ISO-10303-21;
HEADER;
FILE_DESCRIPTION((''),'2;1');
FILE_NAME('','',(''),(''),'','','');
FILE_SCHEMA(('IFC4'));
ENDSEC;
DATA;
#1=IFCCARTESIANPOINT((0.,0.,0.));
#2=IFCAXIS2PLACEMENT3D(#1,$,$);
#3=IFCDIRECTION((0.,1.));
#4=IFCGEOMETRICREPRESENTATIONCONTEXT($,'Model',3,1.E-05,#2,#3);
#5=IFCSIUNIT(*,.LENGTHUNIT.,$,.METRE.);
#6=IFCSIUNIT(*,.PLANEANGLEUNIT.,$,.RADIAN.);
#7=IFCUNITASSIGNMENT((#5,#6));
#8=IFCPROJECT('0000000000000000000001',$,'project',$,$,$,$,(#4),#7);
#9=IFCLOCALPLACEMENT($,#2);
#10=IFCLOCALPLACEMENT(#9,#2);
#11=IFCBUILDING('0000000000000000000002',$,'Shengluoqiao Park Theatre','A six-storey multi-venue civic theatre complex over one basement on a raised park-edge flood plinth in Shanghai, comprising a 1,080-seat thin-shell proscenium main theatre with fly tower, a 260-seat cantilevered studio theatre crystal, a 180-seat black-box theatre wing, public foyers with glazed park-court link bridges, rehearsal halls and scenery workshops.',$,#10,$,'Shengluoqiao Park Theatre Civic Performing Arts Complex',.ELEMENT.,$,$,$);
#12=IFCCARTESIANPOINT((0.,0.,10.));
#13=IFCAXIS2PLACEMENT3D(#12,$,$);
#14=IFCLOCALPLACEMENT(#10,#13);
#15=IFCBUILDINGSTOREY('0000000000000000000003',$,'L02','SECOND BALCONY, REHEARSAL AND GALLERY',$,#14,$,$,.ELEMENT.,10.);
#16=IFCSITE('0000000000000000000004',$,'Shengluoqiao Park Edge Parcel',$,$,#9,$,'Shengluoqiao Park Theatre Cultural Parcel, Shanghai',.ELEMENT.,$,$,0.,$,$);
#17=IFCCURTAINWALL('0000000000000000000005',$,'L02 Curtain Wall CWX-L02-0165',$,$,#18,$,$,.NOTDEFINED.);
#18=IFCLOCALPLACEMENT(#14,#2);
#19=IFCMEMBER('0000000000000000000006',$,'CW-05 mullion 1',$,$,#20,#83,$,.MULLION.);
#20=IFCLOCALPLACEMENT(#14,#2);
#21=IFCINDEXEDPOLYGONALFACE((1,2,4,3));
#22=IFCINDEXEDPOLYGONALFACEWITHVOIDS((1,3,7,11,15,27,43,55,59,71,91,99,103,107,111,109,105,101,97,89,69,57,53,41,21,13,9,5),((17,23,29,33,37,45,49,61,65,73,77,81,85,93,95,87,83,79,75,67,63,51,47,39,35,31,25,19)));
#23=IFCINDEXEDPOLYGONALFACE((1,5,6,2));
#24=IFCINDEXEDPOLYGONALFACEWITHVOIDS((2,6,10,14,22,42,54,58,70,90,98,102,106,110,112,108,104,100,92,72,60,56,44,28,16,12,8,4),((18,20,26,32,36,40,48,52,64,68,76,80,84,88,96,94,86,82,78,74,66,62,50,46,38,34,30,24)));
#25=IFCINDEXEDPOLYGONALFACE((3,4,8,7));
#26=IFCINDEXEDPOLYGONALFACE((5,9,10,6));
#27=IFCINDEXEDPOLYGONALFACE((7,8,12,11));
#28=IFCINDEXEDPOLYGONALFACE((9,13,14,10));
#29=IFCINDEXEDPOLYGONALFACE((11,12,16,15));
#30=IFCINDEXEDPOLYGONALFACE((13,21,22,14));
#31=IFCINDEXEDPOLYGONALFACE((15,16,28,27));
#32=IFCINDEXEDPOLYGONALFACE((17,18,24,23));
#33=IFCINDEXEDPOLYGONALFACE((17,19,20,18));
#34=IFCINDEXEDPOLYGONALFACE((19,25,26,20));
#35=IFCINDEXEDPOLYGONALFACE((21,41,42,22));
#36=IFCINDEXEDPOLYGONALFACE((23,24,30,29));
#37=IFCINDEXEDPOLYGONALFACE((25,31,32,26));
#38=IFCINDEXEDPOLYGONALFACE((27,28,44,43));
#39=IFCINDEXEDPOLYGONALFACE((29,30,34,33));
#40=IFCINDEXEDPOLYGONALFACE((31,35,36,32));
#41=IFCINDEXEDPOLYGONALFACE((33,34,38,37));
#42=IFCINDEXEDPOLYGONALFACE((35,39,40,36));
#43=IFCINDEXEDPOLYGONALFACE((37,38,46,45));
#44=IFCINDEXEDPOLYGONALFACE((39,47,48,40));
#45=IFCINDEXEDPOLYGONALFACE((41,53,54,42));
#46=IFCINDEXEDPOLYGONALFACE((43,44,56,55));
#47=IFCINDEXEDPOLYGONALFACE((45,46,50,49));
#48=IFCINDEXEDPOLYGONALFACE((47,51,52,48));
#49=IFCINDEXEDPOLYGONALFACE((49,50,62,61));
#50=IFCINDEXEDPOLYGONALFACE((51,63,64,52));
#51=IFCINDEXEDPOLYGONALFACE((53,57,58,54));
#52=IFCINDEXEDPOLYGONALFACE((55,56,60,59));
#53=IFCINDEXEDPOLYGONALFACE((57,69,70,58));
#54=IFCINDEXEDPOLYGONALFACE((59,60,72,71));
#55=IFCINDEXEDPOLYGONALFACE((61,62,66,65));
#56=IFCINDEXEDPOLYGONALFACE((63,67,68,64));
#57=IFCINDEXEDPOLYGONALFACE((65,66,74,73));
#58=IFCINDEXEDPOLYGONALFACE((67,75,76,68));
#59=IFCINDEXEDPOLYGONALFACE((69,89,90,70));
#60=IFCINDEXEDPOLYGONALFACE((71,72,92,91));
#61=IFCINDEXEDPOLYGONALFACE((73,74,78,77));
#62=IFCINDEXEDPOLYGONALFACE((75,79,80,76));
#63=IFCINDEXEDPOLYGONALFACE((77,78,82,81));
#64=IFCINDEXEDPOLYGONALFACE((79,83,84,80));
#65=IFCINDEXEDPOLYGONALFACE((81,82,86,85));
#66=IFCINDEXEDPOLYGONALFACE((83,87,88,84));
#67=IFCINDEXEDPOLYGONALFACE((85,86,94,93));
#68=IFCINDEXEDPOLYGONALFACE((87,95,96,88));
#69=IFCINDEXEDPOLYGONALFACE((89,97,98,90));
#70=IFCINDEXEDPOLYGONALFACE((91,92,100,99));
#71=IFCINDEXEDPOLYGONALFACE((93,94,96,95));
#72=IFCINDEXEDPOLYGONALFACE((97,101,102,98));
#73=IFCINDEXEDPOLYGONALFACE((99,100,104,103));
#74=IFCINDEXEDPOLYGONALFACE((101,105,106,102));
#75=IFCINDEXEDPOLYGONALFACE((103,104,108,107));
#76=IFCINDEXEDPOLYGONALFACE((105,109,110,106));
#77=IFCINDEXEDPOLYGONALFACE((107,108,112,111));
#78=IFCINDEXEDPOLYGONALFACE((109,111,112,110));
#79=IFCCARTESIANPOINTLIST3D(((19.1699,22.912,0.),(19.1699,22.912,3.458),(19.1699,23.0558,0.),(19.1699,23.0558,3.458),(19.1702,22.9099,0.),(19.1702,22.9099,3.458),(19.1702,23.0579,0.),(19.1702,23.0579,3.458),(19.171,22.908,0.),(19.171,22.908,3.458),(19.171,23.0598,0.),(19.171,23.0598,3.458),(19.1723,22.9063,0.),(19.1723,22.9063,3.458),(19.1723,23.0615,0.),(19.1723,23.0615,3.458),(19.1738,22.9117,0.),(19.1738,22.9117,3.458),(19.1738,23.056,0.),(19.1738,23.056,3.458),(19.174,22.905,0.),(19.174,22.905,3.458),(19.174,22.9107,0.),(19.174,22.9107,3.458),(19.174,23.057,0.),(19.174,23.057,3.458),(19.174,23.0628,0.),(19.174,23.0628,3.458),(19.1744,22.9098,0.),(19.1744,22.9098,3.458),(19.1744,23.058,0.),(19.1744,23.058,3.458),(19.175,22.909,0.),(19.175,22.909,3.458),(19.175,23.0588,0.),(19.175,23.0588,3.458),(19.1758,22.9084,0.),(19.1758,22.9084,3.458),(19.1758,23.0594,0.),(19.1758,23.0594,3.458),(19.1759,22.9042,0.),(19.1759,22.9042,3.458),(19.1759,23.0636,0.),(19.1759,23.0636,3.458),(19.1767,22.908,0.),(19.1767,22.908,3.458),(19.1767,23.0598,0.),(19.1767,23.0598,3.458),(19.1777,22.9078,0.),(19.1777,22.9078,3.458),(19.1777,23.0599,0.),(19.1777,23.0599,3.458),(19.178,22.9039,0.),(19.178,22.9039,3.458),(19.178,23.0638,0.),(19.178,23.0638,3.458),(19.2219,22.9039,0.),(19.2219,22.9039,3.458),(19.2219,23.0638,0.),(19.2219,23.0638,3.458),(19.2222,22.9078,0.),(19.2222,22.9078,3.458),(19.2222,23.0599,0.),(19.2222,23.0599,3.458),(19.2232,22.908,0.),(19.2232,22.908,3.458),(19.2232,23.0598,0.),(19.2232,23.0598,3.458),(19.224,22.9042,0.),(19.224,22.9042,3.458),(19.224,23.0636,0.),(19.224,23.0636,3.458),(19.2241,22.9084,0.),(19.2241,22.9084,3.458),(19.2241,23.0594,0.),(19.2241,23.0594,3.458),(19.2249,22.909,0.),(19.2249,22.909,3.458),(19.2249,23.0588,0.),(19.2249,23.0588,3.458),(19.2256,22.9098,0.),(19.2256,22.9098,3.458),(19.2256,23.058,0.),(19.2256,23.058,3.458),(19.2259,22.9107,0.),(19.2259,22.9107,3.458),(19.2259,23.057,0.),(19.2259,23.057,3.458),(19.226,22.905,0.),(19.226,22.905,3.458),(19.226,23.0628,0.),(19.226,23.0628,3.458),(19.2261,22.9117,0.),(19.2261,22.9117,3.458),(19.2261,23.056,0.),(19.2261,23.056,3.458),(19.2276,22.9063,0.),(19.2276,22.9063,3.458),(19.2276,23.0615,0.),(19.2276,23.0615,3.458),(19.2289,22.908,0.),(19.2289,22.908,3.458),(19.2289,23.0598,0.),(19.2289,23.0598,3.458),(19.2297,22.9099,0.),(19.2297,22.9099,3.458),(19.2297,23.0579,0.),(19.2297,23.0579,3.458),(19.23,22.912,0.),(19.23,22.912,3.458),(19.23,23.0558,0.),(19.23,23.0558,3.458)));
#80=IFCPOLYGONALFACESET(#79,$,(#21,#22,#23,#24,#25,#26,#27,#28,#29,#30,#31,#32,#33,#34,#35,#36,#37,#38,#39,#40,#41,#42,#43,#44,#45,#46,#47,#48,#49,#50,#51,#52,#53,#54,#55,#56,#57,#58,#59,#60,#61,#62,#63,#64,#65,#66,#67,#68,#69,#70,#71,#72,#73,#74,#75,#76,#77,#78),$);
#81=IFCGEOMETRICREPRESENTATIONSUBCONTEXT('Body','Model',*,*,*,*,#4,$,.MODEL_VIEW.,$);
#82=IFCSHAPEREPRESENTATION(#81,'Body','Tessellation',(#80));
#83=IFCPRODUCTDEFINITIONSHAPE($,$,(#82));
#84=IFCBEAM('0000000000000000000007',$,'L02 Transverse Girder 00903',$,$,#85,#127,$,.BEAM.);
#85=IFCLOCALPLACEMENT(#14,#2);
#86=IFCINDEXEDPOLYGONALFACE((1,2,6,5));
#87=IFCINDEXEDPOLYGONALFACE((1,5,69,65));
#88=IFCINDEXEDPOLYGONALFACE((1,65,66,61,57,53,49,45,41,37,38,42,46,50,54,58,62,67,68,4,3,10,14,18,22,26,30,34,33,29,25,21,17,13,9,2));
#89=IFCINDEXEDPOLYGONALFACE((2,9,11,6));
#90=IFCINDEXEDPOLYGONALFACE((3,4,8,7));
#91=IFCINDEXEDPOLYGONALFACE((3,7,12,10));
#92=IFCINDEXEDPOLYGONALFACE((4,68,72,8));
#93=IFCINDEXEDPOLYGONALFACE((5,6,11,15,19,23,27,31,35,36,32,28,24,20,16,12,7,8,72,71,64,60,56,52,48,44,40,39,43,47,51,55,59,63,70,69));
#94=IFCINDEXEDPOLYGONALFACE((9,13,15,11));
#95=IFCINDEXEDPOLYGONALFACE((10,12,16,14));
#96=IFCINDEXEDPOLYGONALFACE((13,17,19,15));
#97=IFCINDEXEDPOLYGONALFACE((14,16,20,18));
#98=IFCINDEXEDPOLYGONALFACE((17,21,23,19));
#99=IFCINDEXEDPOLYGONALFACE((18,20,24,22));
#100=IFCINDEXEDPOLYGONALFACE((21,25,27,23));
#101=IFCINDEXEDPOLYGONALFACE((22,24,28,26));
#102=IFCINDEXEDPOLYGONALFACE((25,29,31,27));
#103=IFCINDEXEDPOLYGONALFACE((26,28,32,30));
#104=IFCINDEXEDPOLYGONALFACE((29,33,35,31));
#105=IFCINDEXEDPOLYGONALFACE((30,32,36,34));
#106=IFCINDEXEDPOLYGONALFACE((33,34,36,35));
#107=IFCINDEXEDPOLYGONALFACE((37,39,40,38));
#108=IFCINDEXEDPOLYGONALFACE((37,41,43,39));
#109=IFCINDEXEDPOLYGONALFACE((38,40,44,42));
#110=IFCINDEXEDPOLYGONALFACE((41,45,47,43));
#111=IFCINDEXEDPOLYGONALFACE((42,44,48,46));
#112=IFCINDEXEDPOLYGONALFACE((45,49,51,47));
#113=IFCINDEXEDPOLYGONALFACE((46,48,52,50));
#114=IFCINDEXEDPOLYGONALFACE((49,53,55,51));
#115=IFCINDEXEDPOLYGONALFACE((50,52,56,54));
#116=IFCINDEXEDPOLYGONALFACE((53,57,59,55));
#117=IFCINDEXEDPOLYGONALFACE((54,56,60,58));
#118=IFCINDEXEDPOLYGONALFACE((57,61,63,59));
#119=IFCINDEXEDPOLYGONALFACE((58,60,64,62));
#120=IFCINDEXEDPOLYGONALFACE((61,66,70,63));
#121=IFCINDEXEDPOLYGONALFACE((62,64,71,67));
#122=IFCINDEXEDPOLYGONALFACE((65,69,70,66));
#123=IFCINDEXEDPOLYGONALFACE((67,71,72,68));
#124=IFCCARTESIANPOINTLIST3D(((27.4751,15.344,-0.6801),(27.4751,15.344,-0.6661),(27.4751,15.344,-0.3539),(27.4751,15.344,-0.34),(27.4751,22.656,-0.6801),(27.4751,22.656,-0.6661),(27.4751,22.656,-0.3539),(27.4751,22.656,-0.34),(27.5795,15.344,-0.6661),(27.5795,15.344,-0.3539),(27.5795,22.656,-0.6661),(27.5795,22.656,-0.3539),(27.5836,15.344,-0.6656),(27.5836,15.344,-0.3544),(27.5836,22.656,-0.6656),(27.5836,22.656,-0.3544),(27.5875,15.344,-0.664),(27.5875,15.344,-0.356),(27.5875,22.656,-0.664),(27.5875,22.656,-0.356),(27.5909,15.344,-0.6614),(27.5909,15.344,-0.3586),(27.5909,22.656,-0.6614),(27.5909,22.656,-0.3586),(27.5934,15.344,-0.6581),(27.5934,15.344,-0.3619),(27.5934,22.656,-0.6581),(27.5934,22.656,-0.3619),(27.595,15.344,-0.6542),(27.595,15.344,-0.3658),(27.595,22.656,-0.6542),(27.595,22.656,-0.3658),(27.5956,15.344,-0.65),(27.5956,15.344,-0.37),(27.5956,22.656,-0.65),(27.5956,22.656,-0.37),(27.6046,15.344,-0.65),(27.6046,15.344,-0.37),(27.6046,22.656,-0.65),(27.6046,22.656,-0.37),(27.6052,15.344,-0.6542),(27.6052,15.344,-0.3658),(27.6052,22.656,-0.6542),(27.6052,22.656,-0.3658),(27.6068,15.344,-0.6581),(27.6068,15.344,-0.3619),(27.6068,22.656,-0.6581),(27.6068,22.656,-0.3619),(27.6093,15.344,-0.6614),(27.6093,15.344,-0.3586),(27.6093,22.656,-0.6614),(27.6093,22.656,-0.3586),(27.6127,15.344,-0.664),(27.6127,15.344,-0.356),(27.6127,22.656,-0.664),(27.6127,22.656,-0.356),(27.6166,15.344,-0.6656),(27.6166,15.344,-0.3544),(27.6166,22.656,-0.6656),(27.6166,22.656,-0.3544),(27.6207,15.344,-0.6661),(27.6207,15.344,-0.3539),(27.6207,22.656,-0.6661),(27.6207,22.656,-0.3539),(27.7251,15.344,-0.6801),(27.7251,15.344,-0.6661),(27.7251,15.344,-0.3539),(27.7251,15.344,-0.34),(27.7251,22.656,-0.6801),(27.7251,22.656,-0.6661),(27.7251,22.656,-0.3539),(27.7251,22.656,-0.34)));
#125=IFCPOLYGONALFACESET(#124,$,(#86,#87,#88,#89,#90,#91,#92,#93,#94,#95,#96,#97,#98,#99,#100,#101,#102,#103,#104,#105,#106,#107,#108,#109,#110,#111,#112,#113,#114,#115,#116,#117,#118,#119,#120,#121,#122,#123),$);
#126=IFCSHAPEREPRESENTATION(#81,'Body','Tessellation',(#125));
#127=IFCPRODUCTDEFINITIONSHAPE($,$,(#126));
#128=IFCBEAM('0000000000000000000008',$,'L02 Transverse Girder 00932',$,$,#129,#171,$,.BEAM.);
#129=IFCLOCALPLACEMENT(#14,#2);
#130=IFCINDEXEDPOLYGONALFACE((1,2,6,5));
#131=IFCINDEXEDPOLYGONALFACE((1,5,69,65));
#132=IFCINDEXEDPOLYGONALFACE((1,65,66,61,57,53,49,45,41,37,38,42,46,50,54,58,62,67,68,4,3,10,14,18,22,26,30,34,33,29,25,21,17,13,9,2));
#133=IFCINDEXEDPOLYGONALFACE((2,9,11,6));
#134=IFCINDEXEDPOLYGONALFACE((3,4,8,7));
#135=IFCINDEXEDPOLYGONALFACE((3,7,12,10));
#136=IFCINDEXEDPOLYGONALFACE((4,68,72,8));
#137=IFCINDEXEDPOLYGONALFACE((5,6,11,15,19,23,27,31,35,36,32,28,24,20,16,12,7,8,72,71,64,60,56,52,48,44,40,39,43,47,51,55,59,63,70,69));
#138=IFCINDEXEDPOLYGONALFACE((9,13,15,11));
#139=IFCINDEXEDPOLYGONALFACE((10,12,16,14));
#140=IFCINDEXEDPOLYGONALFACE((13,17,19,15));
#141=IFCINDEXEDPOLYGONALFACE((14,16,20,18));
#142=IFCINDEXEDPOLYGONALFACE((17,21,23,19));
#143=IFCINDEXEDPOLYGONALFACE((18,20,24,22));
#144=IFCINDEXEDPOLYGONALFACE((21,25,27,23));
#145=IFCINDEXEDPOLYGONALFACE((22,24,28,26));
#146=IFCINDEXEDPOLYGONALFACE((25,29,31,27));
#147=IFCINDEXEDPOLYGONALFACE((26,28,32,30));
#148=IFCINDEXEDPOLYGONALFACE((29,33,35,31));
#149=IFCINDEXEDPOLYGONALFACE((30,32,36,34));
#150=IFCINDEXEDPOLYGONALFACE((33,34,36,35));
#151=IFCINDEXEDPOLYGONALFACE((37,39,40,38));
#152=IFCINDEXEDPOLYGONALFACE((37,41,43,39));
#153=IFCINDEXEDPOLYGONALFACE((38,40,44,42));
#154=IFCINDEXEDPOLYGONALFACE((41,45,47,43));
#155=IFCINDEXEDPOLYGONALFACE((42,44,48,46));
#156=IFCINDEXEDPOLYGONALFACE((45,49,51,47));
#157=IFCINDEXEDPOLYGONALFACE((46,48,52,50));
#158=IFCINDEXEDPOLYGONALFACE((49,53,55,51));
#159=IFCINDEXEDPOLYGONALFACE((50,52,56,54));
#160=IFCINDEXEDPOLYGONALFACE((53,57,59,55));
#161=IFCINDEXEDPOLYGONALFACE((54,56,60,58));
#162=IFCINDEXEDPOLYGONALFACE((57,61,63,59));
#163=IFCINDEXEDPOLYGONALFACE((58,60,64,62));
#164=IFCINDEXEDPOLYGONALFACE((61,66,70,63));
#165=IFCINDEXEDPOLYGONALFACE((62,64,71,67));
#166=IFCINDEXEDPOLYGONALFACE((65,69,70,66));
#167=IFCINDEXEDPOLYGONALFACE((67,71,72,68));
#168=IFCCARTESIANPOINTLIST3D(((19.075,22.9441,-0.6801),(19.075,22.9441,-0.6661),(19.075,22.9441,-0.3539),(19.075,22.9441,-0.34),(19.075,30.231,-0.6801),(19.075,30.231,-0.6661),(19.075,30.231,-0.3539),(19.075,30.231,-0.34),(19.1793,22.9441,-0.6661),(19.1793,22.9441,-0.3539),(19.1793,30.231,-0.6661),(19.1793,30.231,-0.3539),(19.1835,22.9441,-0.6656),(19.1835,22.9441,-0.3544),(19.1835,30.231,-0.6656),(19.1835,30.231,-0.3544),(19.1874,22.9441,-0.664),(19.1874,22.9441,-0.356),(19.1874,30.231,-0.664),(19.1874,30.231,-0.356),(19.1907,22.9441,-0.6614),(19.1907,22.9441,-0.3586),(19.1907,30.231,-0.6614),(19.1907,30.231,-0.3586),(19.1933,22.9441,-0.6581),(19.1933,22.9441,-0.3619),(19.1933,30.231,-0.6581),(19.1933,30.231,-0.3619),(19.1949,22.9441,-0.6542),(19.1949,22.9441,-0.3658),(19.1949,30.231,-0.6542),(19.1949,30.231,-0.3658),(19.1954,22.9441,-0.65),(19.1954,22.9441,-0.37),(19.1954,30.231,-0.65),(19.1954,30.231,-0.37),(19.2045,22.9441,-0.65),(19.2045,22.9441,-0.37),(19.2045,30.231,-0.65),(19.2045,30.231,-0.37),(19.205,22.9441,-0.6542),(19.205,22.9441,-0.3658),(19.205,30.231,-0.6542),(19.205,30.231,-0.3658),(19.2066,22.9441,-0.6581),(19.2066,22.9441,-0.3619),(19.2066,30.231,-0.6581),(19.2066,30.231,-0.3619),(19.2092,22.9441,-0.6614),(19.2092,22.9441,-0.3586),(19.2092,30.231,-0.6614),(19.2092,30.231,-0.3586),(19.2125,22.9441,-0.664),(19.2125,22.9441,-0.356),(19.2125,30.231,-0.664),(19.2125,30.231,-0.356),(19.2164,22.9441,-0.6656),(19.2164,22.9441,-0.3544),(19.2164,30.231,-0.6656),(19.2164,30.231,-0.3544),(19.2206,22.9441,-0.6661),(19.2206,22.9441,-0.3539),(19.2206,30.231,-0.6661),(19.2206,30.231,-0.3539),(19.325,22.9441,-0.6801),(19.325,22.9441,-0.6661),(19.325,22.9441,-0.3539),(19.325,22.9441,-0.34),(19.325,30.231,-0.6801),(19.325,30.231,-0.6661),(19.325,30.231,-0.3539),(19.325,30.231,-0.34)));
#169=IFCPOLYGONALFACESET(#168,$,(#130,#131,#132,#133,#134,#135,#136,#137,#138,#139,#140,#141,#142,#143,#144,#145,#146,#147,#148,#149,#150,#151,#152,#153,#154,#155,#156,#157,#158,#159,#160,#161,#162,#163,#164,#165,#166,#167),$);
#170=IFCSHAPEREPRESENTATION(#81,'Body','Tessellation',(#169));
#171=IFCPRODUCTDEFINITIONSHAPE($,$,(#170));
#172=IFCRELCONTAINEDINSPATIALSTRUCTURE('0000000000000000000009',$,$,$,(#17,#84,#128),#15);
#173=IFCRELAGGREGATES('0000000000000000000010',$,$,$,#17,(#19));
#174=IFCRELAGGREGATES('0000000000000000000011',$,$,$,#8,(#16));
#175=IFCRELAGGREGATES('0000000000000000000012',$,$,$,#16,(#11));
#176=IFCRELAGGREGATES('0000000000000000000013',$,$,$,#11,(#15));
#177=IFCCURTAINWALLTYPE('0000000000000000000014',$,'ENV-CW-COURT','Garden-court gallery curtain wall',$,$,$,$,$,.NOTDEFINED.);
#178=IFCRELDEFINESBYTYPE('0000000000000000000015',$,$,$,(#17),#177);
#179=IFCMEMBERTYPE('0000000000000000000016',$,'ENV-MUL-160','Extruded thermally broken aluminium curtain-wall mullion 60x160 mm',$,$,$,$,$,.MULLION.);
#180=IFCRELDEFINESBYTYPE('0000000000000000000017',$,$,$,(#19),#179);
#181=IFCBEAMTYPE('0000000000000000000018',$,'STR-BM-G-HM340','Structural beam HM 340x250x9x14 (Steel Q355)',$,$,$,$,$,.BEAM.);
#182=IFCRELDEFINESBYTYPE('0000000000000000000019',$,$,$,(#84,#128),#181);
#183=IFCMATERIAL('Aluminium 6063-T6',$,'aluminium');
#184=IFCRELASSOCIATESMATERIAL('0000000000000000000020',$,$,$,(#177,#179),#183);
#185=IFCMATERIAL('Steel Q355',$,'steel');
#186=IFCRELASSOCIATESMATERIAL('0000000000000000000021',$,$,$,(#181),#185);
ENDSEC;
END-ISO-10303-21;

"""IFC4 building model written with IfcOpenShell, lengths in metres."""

from ifc_helpers import new_model, si_unit, direction, frame, origin, origin_2d, place, context, subcontext, project, spatial, hollow_rectangle, i_section, extrude, material, material_profile, profile_set, type_object, element, aggregate, save


model = new_model("IFC4")

# Units and contexts
model_context = context("Model", 3, precision=1e-05, world=origin(), true_north=direction((0.0, 1.0)))
body_context = subcontext(model_context, "Body", "Model", "MODEL_VIEW")
ifc_project = project(units=[si_unit("LENGTHUNIT", "METRE"), si_unit("PLANEANGLEUNIT", "RADIAN")], contexts=[model_context])

# Site, building, storey
site_placement = place(None, origin())
site = spatial("IfcSite", under=ifc_project, at=site_placement, Name="Shengluoqiao Park Edge Parcel", LongName="Shengluoqiao Park Theatre Cultural Parcel, Shanghai", CompositionType="ELEMENT", RefElevation=0.0)
building_placement = place(site_placement, origin())
building = spatial("IfcBuilding", under=site, at=building_placement, Name="Shengluoqiao Park Theatre", Description="A six-storey multi-venue civic theatre complex over one basement on a raised park-edge flood plinth in Shanghai, comprising a 1,080-seat thin-shell proscenium main theatre with fly tower, a 260-seat cantilevered studio theatre crystal, a 180-seat black-box theatre wing, public foyers with glazed park-court link bridges, rehearsal halls and scenery workshops.", LongName="Shengluoqiao Park Theatre Civic Performing Arts Complex", CompositionType="ELEMENT")
storey_placement = place(building_placement, frame((0.0, 0.0, 10.0)))
storey = spatial("IfcBuildingStorey", under=building, at=storey_placement, Name="L02", Description="SECOND BALCONY, REHEARSAL AND GALLERY", CompositionType="ELEMENT", Elevation=10.0)

# Shared definitions
ifc_material_1 = material(Name="Steel Q355", Category="steel")

# Curtain wall, member
ifc_material_2 = material(Name="Aluminium 6063-T6", Category="aluminium")
curtain_wall_type = type_object("IfcCurtainWallType", Name="ENV-CW-COURT", Description="Garden-court gallery curtain wall", PredefinedType="NOTDEFINED", material=ifc_material_2)
curtain_wall_placement = place(storey_placement, origin())
curtain_wall = element("IfcCurtainWall", 1, at=curtain_wall_placement, inside=storey, type_object=curtain_wall_type, Name="L02 Curtain Wall CWX-L02-0165", PredefinedType="NOTDEFINED")
ifc_material_profile_1 = material_profile(ifc_material_2, hollow_rectangle(XDim=0.0601, YDim=0.1599, WallThickness=0.0039, InnerFilletRadius=0.0039, OuterFilletRadius=0.0081, at=origin_2d()), Name="ALU MULLION 160x60x4")
ifc_profile_set_1 = profile_set([ifc_material_profile_1], Name="Aluminium 6063-T6")
member_type = type_object("IfcMemberType", Name="ENV-MUL-160", Description="Extruded thermally broken aluminium curtain-wall mullion 60x160 mm", PredefinedType="MULLION", material=ifc_profile_set_1)
member_placement = place(storey_placement, frame((19.2, 22.9839, 0.0), z_axis=(0.0, 0.0, 1.0), x_axis=(-1.0, 0.0, 0.0)))
member = element("IfcMember", 2, at=member_placement, type_object=member_type, Name="CW-05 mullion 1", PredefinedType="MULLION", context=body_context, shape_type="SweptSolid", body=[
    extrude(hollow_rectangle(XDim=0.0601, YDim=0.1599, WallThickness=0.0039, InnerFilletRadius=0.0039, OuterFilletRadius=0.0081, at=origin_2d()), origin(), (0.0, 0.0, 1.0), 3.458),
])
aggregate(curtain_wall, [member])

# Beams
ifc_material_profile_2 = material_profile(ifc_material_1, i_section(OverallWidth=0.25, OverallDepth=0.3401, WebThickness=0.009, FlangeThickness=0.0139, FilletRadius=0.0161, at=origin_2d()), Name="HM 340x250x9x14")
ifc_profile_set_2 = profile_set([ifc_material_profile_2], Name="Steel Q355")
beam_type_1 = type_object("IfcBeamType", Name="STR-BM-G-HM340", Description="Structural beam HM 340x250x9x14 (Steel Q355)", PredefinedType="BEAM", material=ifc_profile_set_2)
beam_placement = place(storey_placement, frame((27.6001, 15.344, -0.51), z_axis=(0.0, 1.0, 0.0), x_axis=(-1.0, 0.0, 0.0)))
element("IfcBeam", 3, at=beam_placement, inside=storey, type_object=beam_type_1, Name="L02 Transverse Girder 00903", PredefinedType="BEAM", context=body_context, shape_type="SweptSolid", body=[
    extrude(i_section(OverallWidth=0.25, OverallDepth=0.3401, WebThickness=0.009, FlangeThickness=0.0139, FilletRadius=0.0161, at=origin_2d()), origin(), (0.0, 0.0, 1.0), 7.312),
])
for number, where, z_axis, x_axis, name in (
    (4, (19.2, 22.9441, -0.51), (0.0, 1.0, 0.0), (-1.0, 0.0, 0.0), "L02 Transverse Girder 00932"),
):
    element("IfcBeam", number, at=place(storey_placement, frame(where, z_axis=z_axis, x_axis=x_axis)), inside=storey, type_object=beam_type_1, Name=name, PredefinedType="BEAM", context=body_context, shape_type="SweptSolid", body=[
        extrude(i_section(OverallWidth=0.25, OverallDepth=0.3401, WebThickness=0.009, FlangeThickness=0.0139, FilletRadius=0.0161, at=origin_2d()), origin(), (0.0, 0.0, 1.0), 7.2869),
    ])

save(model, "model.ifc")
